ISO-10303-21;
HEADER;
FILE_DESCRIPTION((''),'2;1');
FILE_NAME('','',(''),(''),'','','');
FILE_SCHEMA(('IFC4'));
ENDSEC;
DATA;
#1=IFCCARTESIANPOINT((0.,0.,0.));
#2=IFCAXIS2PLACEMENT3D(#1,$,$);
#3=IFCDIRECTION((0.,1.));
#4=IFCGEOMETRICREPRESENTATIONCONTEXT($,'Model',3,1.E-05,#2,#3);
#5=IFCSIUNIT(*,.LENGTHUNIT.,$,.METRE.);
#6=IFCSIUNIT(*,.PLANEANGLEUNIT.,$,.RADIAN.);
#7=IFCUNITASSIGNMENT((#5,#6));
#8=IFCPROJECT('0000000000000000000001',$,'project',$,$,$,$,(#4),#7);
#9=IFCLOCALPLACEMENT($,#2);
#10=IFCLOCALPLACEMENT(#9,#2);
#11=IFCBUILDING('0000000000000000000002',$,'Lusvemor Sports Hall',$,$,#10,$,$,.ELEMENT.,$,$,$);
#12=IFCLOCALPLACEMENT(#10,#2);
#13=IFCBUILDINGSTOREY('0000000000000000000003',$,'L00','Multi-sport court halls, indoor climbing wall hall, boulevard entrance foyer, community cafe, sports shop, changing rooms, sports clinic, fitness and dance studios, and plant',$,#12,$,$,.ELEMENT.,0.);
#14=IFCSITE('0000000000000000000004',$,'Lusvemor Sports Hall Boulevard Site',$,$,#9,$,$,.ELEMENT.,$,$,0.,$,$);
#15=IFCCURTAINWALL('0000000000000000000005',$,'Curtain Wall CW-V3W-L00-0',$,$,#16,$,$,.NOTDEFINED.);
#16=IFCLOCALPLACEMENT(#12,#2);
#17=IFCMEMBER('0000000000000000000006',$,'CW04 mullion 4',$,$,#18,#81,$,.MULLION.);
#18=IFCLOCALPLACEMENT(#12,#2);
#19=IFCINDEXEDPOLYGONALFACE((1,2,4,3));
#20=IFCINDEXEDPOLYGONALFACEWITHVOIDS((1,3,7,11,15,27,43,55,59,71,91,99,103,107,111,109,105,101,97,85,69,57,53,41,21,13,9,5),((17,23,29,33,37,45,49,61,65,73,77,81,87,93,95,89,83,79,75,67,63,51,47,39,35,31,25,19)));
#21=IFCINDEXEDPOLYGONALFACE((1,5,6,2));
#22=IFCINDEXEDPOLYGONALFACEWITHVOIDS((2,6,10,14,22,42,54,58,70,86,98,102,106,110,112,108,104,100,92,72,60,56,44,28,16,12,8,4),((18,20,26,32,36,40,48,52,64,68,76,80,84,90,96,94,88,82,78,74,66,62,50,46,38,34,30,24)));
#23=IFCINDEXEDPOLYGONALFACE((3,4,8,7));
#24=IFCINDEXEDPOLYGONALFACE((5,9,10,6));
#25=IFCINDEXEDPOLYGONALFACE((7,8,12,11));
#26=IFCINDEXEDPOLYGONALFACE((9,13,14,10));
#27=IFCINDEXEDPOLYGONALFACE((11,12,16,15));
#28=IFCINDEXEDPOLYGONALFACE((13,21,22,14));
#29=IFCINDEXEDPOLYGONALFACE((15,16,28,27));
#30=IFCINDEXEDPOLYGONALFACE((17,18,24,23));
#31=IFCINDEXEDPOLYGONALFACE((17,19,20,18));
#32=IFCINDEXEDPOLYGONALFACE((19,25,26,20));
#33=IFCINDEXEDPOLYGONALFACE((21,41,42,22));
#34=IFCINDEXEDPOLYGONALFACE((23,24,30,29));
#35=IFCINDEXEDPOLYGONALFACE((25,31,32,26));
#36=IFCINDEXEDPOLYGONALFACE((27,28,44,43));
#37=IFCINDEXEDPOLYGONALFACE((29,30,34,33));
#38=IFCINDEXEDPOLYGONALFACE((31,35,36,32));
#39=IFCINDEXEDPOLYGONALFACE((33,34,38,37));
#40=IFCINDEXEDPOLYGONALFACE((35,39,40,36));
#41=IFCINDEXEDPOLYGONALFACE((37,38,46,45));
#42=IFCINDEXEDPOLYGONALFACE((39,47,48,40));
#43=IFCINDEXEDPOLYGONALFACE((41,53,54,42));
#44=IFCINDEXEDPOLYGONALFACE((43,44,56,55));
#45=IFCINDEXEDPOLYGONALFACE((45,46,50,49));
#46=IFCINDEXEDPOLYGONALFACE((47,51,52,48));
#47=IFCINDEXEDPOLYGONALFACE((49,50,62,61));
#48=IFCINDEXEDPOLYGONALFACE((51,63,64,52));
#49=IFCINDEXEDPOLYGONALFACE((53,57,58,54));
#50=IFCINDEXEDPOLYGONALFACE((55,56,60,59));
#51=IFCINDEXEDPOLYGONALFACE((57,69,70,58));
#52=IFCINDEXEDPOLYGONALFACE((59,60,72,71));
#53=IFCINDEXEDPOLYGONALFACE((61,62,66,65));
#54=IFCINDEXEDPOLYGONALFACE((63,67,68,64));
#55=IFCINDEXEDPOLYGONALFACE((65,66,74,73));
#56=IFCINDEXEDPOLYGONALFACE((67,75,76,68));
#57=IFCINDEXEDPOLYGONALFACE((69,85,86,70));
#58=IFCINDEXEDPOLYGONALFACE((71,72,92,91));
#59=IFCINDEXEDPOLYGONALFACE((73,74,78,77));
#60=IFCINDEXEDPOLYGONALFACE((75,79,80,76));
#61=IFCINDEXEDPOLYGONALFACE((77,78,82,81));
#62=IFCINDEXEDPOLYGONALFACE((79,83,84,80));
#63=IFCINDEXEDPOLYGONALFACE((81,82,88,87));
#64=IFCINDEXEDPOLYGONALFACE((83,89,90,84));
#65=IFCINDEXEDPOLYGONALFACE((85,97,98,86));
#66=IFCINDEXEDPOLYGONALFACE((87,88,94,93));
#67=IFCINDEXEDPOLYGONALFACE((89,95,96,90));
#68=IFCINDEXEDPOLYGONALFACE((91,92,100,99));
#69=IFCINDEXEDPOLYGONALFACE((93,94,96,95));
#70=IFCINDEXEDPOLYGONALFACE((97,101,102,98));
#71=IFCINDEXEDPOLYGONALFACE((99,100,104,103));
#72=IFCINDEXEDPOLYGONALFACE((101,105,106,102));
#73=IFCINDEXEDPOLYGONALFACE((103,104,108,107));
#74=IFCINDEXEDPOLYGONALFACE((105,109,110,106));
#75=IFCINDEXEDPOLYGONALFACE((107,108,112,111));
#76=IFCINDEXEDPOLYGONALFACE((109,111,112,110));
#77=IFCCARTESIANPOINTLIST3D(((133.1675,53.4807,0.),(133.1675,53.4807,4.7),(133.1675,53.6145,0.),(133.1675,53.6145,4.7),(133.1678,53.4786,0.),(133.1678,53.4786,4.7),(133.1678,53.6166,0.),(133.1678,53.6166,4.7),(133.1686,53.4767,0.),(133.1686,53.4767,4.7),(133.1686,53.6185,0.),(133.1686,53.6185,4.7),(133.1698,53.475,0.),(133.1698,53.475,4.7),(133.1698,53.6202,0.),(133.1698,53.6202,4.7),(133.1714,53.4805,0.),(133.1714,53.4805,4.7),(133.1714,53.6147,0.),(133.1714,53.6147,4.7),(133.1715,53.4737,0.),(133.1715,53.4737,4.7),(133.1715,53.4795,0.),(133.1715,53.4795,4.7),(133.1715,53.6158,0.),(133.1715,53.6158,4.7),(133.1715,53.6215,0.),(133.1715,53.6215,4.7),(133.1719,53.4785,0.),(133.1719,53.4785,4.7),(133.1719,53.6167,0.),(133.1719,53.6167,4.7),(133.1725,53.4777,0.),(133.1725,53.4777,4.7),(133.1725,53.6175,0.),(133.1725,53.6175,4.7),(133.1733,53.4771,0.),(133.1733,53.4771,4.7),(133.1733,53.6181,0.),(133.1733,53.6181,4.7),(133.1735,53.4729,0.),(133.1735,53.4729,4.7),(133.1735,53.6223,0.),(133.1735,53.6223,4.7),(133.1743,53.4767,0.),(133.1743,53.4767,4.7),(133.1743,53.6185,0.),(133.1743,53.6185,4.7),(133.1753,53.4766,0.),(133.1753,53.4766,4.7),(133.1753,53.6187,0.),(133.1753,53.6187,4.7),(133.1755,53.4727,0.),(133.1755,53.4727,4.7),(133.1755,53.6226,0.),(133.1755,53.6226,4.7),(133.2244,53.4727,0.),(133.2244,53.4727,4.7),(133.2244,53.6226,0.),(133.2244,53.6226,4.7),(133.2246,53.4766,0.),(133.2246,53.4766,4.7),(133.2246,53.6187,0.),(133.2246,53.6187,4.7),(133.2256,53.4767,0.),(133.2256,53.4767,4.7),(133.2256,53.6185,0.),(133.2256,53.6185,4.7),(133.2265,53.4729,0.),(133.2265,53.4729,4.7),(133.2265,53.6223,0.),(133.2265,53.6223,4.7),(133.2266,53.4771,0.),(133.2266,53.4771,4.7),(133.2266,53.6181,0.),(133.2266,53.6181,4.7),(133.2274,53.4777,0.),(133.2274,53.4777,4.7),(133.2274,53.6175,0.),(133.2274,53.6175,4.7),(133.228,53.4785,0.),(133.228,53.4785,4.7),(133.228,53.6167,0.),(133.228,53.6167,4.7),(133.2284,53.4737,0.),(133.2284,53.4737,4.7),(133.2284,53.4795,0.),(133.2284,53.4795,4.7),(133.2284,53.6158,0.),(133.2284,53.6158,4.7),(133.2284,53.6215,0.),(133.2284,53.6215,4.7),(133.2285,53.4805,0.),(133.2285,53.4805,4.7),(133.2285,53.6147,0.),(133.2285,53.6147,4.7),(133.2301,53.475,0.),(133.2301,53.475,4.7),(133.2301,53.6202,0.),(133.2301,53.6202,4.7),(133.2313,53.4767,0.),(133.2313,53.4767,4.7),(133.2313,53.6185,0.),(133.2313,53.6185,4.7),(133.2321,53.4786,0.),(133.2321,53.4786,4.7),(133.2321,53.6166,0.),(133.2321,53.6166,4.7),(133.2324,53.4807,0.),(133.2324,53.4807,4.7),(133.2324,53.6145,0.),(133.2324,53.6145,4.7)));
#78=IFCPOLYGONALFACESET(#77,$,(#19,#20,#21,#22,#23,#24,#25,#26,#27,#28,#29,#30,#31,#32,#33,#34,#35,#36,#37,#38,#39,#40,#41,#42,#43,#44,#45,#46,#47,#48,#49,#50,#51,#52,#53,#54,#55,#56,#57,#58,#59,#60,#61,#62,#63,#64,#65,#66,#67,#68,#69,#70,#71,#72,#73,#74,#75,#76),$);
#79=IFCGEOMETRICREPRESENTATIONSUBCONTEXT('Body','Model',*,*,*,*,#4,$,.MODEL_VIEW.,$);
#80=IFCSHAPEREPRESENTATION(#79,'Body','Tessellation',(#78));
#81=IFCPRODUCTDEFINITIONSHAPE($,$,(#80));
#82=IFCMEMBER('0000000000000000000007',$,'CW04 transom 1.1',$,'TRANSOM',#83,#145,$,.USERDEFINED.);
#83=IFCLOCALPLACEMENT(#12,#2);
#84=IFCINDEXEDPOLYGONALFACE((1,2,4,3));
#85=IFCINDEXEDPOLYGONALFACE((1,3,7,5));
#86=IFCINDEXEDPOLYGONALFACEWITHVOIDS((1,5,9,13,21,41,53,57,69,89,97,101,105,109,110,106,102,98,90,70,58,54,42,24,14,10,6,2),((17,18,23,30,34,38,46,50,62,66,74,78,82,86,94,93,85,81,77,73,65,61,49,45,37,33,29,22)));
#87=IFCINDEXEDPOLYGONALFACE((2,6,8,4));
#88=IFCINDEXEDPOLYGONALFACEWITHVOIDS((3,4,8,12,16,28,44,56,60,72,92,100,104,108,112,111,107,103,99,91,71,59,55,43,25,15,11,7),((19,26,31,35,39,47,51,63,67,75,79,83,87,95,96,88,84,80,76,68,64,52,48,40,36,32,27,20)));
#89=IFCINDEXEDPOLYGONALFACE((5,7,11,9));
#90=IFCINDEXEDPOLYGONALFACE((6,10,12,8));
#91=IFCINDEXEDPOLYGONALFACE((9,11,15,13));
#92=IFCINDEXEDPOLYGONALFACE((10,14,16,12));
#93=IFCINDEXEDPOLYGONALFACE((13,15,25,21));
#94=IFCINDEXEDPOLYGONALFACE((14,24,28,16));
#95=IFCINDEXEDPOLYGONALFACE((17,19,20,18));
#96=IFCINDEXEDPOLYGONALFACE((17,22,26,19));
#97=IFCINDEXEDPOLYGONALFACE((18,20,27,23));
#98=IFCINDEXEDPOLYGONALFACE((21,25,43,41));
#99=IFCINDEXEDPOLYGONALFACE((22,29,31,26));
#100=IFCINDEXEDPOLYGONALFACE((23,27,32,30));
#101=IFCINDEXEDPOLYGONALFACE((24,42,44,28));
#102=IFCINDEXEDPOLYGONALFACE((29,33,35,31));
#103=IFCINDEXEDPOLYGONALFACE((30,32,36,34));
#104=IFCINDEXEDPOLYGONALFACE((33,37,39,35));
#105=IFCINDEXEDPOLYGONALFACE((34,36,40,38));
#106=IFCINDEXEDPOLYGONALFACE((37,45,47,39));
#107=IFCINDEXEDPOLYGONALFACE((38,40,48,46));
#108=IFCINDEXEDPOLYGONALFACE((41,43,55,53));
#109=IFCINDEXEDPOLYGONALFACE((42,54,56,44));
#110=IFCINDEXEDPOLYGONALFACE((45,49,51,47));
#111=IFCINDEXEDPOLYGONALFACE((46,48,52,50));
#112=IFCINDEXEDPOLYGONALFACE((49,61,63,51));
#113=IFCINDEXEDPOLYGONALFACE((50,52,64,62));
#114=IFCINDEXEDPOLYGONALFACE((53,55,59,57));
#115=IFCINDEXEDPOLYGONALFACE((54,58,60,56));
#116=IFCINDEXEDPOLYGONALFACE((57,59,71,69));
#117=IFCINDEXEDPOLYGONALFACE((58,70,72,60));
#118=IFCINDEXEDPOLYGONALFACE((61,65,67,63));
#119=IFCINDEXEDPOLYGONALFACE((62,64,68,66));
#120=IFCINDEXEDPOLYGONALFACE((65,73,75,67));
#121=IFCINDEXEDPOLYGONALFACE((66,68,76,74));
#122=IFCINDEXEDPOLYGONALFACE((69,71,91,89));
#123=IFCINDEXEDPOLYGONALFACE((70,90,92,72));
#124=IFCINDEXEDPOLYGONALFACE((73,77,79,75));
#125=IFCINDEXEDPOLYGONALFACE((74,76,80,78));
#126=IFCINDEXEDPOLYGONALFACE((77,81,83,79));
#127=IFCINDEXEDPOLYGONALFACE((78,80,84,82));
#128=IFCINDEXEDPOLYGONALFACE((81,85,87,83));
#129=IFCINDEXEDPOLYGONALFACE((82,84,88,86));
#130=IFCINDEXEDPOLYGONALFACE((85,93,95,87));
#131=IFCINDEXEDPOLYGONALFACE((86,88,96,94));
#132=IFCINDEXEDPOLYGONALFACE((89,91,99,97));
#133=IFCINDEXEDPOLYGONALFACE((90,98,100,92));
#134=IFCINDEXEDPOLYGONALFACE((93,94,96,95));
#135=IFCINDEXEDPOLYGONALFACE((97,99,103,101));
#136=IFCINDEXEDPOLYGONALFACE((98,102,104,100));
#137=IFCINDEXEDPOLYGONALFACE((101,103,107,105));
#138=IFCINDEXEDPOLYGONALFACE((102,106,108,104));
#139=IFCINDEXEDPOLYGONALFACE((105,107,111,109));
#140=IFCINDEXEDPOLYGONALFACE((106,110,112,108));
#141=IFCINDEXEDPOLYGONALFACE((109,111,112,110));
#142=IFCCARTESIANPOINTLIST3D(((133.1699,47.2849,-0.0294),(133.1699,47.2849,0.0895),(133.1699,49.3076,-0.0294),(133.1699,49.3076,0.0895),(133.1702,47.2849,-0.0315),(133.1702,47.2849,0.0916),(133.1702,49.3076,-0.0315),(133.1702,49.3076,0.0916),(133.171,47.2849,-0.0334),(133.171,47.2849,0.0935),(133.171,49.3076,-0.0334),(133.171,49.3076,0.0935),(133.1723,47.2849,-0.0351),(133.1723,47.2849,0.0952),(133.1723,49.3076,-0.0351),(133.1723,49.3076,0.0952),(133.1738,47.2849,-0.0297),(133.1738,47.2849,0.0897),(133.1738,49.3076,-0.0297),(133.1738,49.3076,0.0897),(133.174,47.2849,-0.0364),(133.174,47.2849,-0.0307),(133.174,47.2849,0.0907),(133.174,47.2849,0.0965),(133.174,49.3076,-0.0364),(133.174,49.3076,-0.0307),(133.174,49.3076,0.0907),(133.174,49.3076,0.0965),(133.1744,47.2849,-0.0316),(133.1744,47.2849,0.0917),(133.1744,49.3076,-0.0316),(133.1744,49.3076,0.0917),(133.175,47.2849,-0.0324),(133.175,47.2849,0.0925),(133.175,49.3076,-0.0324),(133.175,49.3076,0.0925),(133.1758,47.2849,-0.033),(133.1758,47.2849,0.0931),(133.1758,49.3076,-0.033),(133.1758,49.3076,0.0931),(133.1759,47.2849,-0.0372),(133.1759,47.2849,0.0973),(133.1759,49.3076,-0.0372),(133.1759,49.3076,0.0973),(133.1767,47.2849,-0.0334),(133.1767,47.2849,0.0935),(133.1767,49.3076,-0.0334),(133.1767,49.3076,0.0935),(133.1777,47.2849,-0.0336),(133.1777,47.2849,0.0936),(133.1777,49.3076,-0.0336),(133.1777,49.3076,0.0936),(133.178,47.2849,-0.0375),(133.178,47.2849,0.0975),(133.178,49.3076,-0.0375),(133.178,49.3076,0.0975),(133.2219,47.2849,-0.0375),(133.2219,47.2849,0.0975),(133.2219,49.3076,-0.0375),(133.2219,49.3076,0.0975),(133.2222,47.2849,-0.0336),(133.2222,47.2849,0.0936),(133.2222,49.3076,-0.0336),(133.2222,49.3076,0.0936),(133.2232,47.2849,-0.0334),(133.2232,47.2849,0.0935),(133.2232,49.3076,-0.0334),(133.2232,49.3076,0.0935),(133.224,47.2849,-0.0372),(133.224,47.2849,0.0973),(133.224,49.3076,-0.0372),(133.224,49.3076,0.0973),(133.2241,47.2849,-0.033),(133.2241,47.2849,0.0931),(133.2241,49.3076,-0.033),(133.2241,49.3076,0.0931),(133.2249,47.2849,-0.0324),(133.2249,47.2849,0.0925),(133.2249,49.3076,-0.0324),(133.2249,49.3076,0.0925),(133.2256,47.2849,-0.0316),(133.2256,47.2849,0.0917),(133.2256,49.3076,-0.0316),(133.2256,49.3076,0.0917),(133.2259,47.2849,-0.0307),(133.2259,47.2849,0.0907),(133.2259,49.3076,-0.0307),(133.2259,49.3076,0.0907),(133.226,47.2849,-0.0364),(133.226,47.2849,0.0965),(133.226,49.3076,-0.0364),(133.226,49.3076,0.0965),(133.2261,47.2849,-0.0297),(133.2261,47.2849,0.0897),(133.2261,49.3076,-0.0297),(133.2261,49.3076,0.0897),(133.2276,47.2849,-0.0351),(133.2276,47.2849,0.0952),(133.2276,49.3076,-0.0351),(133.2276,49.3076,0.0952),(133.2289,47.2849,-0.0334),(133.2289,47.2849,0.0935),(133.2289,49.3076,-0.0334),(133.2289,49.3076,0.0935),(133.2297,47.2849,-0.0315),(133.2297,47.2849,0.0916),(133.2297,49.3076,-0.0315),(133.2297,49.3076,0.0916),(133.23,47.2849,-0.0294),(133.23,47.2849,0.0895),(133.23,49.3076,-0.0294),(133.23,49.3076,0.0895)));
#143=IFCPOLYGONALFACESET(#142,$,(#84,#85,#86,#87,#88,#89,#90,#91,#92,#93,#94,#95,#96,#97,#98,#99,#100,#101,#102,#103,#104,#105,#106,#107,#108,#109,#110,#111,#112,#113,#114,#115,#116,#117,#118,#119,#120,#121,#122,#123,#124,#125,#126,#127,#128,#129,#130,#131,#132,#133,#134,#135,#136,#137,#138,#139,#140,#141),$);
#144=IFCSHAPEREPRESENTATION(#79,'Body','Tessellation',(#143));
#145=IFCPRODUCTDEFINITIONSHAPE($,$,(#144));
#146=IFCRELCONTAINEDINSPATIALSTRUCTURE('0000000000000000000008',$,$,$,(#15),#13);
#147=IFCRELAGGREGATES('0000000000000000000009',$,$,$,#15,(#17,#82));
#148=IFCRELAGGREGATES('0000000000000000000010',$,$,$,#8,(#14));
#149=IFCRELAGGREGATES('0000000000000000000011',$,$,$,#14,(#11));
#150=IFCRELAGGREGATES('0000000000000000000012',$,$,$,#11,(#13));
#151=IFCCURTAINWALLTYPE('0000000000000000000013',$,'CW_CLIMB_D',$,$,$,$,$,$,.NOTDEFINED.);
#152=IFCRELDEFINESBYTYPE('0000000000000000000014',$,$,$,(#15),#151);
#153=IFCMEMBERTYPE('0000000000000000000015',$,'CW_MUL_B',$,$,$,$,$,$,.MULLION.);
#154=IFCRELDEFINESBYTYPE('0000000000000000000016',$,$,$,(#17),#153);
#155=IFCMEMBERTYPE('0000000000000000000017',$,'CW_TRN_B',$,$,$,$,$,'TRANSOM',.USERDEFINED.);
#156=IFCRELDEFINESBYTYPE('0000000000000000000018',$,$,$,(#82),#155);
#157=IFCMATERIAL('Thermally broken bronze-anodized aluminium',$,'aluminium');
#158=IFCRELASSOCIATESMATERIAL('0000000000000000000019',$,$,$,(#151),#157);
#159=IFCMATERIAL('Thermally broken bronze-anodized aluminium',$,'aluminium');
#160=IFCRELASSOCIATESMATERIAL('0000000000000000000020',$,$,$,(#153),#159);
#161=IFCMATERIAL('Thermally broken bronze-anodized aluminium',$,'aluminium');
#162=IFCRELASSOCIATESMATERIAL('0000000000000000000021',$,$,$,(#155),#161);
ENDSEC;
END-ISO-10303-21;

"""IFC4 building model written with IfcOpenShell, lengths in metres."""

from ifc_helpers import new_model, si_unit, direction, frame, origin, origin_2d, place, context, subcontext, project, spatial, hollow_rectangle, extrude, material, material_profile, profile_set, type_object, element, aggregate, save


model = new_model("IFC4")

# Units and contexts
model_context = context("Model", 3, precision=1e-05, world=origin(), true_north=direction((0.0, 1.0)))
body_context = subcontext(model_context, "Body", "Model", "MODEL_VIEW")
ifc_project = project(units=[si_unit("LENGTHUNIT", "METRE"), si_unit("PLANEANGLEUNIT", "RADIAN")], contexts=[model_context])

# Site, building, storey
site_placement = place(None, origin())
site = spatial("IfcSite", under=ifc_project, at=site_placement, Name="Lusvemor Sports Hall Boulevard Site", CompositionType="ELEMENT", RefElevation=0.0)
building_placement = place(site_placement, origin())
building = spatial("IfcBuilding", under=site, at=building_placement, Name="Lusvemor Sports Hall", CompositionType="ELEMENT")
storey_placement = place(building_placement, origin())
storey = spatial("IfcBuildingStorey", under=building, at=storey_placement, Name="L00", Description="Multi-sport court halls, indoor climbing wall hall, boulevard entrance foyer, community cafe, sports shop, changing rooms, sports clinic, fitness and dance studios, and plant", CompositionType="ELEMENT", Elevation=0.0)

# Curtain wall, members
ifc_material_1 = material(Name="Thermally broken bronze-anodized aluminium", Category="aluminium")
curtain_wall_type = type_object("IfcCurtainWallType", Name="CW_CLIMB_D", PredefinedType="NOTDEFINED", material=ifc_material_1)
curtain_wall_placement = place(storey_placement, origin())
curtain_wall = element("IfcCurtainWall", 1, at=curtain_wall_placement, inside=storey, type_object=curtain_wall_type, Name="Curtain Wall CW-V3W-L00-0", PredefinedType="NOTDEFINED")
ifc_material_2 = material(Name="Thermally broken bronze-anodized aluminium", Category="aluminium")
ifc_material_profile_1 = material_profile(ifc_material_2, hollow_rectangle(XDim=0.0649, YDim=0.1499, WallThickness=0.0039, InnerFilletRadius=0.0039, OuterFilletRadius=0.0081, at=origin_2d()), Name="CWMUL150x65x4")
ifc_profile_set_1 = profile_set([ifc_material_profile_1], Name="Thermally broken bronze-anodized aluminium")
member_type_1 = type_object("IfcMemberType", Name="CW_MUL_B", PredefinedType="MULLION", material=ifc_profile_set_1)
member_1_placement = place(storey_placement, frame((133.2, 53.5476, 0.0), z_axis=(0.0, 0.0, 1.0), x_axis=(-1.0, 0.0, 0.0)))
member_1 = element("IfcMember", 2, at=member_1_placement, type_object=member_type_1, Name="CW04 mullion 4", PredefinedType="MULLION", context=body_context, shape_type="SweptSolid", body=[
    extrude(hollow_rectangle(XDim=0.0649, YDim=0.1499, WallThickness=0.0039, InnerFilletRadius=0.0039, OuterFilletRadius=0.0081, at=origin_2d()), origin(), (0.0, 0.0, 1.0), 4.7),
])
ifc_material_3 = material(Name="Thermally broken bronze-anodized aluminium", Category="aluminium")
ifc_material_profile_2 = material_profile(ifc_material_3, hollow_rectangle(XDim=0.0601, YDim=0.135, WallThickness=0.0039, InnerFilletRadius=0.0039, OuterFilletRadius=0.0081, at=origin_2d()), Name="CWTRN135x60x4")
ifc_profile_set_2 = profile_set([ifc_material_profile_2], Name="Thermally broken bronze-anodized aluminium")
member_type_2 = type_object("IfcMemberType", Name="CW_TRN_B", ElementType="TRANSOM", PredefinedType="USERDEFINED", material=ifc_profile_set_2)
member_2_placement = place(storey_placement, frame((133.2, 47.2849, 0.03), z_axis=(0.0, 1.0, 0.0), x_axis=(-1.0, 0.0, 0.0)))
member_2 = element("IfcMember", 3, at=member_2_placement, type_object=member_type_2, Name="CW04 transom 1.1", ObjectType="TRANSOM", PredefinedType="USERDEFINED", context=body_context, shape_type="SweptSolid", body=[
    extrude(hollow_rectangle(XDim=0.0601, YDim=0.135, WallThickness=0.0039, InnerFilletRadius=0.0039, OuterFilletRadius=0.0081, at=origin_2d()), origin(), (0.0, 0.0, 1.0), 2.0227),
])
aggregate(curtain_wall, [member_1, member_2])

save(model, "model.ifc")
